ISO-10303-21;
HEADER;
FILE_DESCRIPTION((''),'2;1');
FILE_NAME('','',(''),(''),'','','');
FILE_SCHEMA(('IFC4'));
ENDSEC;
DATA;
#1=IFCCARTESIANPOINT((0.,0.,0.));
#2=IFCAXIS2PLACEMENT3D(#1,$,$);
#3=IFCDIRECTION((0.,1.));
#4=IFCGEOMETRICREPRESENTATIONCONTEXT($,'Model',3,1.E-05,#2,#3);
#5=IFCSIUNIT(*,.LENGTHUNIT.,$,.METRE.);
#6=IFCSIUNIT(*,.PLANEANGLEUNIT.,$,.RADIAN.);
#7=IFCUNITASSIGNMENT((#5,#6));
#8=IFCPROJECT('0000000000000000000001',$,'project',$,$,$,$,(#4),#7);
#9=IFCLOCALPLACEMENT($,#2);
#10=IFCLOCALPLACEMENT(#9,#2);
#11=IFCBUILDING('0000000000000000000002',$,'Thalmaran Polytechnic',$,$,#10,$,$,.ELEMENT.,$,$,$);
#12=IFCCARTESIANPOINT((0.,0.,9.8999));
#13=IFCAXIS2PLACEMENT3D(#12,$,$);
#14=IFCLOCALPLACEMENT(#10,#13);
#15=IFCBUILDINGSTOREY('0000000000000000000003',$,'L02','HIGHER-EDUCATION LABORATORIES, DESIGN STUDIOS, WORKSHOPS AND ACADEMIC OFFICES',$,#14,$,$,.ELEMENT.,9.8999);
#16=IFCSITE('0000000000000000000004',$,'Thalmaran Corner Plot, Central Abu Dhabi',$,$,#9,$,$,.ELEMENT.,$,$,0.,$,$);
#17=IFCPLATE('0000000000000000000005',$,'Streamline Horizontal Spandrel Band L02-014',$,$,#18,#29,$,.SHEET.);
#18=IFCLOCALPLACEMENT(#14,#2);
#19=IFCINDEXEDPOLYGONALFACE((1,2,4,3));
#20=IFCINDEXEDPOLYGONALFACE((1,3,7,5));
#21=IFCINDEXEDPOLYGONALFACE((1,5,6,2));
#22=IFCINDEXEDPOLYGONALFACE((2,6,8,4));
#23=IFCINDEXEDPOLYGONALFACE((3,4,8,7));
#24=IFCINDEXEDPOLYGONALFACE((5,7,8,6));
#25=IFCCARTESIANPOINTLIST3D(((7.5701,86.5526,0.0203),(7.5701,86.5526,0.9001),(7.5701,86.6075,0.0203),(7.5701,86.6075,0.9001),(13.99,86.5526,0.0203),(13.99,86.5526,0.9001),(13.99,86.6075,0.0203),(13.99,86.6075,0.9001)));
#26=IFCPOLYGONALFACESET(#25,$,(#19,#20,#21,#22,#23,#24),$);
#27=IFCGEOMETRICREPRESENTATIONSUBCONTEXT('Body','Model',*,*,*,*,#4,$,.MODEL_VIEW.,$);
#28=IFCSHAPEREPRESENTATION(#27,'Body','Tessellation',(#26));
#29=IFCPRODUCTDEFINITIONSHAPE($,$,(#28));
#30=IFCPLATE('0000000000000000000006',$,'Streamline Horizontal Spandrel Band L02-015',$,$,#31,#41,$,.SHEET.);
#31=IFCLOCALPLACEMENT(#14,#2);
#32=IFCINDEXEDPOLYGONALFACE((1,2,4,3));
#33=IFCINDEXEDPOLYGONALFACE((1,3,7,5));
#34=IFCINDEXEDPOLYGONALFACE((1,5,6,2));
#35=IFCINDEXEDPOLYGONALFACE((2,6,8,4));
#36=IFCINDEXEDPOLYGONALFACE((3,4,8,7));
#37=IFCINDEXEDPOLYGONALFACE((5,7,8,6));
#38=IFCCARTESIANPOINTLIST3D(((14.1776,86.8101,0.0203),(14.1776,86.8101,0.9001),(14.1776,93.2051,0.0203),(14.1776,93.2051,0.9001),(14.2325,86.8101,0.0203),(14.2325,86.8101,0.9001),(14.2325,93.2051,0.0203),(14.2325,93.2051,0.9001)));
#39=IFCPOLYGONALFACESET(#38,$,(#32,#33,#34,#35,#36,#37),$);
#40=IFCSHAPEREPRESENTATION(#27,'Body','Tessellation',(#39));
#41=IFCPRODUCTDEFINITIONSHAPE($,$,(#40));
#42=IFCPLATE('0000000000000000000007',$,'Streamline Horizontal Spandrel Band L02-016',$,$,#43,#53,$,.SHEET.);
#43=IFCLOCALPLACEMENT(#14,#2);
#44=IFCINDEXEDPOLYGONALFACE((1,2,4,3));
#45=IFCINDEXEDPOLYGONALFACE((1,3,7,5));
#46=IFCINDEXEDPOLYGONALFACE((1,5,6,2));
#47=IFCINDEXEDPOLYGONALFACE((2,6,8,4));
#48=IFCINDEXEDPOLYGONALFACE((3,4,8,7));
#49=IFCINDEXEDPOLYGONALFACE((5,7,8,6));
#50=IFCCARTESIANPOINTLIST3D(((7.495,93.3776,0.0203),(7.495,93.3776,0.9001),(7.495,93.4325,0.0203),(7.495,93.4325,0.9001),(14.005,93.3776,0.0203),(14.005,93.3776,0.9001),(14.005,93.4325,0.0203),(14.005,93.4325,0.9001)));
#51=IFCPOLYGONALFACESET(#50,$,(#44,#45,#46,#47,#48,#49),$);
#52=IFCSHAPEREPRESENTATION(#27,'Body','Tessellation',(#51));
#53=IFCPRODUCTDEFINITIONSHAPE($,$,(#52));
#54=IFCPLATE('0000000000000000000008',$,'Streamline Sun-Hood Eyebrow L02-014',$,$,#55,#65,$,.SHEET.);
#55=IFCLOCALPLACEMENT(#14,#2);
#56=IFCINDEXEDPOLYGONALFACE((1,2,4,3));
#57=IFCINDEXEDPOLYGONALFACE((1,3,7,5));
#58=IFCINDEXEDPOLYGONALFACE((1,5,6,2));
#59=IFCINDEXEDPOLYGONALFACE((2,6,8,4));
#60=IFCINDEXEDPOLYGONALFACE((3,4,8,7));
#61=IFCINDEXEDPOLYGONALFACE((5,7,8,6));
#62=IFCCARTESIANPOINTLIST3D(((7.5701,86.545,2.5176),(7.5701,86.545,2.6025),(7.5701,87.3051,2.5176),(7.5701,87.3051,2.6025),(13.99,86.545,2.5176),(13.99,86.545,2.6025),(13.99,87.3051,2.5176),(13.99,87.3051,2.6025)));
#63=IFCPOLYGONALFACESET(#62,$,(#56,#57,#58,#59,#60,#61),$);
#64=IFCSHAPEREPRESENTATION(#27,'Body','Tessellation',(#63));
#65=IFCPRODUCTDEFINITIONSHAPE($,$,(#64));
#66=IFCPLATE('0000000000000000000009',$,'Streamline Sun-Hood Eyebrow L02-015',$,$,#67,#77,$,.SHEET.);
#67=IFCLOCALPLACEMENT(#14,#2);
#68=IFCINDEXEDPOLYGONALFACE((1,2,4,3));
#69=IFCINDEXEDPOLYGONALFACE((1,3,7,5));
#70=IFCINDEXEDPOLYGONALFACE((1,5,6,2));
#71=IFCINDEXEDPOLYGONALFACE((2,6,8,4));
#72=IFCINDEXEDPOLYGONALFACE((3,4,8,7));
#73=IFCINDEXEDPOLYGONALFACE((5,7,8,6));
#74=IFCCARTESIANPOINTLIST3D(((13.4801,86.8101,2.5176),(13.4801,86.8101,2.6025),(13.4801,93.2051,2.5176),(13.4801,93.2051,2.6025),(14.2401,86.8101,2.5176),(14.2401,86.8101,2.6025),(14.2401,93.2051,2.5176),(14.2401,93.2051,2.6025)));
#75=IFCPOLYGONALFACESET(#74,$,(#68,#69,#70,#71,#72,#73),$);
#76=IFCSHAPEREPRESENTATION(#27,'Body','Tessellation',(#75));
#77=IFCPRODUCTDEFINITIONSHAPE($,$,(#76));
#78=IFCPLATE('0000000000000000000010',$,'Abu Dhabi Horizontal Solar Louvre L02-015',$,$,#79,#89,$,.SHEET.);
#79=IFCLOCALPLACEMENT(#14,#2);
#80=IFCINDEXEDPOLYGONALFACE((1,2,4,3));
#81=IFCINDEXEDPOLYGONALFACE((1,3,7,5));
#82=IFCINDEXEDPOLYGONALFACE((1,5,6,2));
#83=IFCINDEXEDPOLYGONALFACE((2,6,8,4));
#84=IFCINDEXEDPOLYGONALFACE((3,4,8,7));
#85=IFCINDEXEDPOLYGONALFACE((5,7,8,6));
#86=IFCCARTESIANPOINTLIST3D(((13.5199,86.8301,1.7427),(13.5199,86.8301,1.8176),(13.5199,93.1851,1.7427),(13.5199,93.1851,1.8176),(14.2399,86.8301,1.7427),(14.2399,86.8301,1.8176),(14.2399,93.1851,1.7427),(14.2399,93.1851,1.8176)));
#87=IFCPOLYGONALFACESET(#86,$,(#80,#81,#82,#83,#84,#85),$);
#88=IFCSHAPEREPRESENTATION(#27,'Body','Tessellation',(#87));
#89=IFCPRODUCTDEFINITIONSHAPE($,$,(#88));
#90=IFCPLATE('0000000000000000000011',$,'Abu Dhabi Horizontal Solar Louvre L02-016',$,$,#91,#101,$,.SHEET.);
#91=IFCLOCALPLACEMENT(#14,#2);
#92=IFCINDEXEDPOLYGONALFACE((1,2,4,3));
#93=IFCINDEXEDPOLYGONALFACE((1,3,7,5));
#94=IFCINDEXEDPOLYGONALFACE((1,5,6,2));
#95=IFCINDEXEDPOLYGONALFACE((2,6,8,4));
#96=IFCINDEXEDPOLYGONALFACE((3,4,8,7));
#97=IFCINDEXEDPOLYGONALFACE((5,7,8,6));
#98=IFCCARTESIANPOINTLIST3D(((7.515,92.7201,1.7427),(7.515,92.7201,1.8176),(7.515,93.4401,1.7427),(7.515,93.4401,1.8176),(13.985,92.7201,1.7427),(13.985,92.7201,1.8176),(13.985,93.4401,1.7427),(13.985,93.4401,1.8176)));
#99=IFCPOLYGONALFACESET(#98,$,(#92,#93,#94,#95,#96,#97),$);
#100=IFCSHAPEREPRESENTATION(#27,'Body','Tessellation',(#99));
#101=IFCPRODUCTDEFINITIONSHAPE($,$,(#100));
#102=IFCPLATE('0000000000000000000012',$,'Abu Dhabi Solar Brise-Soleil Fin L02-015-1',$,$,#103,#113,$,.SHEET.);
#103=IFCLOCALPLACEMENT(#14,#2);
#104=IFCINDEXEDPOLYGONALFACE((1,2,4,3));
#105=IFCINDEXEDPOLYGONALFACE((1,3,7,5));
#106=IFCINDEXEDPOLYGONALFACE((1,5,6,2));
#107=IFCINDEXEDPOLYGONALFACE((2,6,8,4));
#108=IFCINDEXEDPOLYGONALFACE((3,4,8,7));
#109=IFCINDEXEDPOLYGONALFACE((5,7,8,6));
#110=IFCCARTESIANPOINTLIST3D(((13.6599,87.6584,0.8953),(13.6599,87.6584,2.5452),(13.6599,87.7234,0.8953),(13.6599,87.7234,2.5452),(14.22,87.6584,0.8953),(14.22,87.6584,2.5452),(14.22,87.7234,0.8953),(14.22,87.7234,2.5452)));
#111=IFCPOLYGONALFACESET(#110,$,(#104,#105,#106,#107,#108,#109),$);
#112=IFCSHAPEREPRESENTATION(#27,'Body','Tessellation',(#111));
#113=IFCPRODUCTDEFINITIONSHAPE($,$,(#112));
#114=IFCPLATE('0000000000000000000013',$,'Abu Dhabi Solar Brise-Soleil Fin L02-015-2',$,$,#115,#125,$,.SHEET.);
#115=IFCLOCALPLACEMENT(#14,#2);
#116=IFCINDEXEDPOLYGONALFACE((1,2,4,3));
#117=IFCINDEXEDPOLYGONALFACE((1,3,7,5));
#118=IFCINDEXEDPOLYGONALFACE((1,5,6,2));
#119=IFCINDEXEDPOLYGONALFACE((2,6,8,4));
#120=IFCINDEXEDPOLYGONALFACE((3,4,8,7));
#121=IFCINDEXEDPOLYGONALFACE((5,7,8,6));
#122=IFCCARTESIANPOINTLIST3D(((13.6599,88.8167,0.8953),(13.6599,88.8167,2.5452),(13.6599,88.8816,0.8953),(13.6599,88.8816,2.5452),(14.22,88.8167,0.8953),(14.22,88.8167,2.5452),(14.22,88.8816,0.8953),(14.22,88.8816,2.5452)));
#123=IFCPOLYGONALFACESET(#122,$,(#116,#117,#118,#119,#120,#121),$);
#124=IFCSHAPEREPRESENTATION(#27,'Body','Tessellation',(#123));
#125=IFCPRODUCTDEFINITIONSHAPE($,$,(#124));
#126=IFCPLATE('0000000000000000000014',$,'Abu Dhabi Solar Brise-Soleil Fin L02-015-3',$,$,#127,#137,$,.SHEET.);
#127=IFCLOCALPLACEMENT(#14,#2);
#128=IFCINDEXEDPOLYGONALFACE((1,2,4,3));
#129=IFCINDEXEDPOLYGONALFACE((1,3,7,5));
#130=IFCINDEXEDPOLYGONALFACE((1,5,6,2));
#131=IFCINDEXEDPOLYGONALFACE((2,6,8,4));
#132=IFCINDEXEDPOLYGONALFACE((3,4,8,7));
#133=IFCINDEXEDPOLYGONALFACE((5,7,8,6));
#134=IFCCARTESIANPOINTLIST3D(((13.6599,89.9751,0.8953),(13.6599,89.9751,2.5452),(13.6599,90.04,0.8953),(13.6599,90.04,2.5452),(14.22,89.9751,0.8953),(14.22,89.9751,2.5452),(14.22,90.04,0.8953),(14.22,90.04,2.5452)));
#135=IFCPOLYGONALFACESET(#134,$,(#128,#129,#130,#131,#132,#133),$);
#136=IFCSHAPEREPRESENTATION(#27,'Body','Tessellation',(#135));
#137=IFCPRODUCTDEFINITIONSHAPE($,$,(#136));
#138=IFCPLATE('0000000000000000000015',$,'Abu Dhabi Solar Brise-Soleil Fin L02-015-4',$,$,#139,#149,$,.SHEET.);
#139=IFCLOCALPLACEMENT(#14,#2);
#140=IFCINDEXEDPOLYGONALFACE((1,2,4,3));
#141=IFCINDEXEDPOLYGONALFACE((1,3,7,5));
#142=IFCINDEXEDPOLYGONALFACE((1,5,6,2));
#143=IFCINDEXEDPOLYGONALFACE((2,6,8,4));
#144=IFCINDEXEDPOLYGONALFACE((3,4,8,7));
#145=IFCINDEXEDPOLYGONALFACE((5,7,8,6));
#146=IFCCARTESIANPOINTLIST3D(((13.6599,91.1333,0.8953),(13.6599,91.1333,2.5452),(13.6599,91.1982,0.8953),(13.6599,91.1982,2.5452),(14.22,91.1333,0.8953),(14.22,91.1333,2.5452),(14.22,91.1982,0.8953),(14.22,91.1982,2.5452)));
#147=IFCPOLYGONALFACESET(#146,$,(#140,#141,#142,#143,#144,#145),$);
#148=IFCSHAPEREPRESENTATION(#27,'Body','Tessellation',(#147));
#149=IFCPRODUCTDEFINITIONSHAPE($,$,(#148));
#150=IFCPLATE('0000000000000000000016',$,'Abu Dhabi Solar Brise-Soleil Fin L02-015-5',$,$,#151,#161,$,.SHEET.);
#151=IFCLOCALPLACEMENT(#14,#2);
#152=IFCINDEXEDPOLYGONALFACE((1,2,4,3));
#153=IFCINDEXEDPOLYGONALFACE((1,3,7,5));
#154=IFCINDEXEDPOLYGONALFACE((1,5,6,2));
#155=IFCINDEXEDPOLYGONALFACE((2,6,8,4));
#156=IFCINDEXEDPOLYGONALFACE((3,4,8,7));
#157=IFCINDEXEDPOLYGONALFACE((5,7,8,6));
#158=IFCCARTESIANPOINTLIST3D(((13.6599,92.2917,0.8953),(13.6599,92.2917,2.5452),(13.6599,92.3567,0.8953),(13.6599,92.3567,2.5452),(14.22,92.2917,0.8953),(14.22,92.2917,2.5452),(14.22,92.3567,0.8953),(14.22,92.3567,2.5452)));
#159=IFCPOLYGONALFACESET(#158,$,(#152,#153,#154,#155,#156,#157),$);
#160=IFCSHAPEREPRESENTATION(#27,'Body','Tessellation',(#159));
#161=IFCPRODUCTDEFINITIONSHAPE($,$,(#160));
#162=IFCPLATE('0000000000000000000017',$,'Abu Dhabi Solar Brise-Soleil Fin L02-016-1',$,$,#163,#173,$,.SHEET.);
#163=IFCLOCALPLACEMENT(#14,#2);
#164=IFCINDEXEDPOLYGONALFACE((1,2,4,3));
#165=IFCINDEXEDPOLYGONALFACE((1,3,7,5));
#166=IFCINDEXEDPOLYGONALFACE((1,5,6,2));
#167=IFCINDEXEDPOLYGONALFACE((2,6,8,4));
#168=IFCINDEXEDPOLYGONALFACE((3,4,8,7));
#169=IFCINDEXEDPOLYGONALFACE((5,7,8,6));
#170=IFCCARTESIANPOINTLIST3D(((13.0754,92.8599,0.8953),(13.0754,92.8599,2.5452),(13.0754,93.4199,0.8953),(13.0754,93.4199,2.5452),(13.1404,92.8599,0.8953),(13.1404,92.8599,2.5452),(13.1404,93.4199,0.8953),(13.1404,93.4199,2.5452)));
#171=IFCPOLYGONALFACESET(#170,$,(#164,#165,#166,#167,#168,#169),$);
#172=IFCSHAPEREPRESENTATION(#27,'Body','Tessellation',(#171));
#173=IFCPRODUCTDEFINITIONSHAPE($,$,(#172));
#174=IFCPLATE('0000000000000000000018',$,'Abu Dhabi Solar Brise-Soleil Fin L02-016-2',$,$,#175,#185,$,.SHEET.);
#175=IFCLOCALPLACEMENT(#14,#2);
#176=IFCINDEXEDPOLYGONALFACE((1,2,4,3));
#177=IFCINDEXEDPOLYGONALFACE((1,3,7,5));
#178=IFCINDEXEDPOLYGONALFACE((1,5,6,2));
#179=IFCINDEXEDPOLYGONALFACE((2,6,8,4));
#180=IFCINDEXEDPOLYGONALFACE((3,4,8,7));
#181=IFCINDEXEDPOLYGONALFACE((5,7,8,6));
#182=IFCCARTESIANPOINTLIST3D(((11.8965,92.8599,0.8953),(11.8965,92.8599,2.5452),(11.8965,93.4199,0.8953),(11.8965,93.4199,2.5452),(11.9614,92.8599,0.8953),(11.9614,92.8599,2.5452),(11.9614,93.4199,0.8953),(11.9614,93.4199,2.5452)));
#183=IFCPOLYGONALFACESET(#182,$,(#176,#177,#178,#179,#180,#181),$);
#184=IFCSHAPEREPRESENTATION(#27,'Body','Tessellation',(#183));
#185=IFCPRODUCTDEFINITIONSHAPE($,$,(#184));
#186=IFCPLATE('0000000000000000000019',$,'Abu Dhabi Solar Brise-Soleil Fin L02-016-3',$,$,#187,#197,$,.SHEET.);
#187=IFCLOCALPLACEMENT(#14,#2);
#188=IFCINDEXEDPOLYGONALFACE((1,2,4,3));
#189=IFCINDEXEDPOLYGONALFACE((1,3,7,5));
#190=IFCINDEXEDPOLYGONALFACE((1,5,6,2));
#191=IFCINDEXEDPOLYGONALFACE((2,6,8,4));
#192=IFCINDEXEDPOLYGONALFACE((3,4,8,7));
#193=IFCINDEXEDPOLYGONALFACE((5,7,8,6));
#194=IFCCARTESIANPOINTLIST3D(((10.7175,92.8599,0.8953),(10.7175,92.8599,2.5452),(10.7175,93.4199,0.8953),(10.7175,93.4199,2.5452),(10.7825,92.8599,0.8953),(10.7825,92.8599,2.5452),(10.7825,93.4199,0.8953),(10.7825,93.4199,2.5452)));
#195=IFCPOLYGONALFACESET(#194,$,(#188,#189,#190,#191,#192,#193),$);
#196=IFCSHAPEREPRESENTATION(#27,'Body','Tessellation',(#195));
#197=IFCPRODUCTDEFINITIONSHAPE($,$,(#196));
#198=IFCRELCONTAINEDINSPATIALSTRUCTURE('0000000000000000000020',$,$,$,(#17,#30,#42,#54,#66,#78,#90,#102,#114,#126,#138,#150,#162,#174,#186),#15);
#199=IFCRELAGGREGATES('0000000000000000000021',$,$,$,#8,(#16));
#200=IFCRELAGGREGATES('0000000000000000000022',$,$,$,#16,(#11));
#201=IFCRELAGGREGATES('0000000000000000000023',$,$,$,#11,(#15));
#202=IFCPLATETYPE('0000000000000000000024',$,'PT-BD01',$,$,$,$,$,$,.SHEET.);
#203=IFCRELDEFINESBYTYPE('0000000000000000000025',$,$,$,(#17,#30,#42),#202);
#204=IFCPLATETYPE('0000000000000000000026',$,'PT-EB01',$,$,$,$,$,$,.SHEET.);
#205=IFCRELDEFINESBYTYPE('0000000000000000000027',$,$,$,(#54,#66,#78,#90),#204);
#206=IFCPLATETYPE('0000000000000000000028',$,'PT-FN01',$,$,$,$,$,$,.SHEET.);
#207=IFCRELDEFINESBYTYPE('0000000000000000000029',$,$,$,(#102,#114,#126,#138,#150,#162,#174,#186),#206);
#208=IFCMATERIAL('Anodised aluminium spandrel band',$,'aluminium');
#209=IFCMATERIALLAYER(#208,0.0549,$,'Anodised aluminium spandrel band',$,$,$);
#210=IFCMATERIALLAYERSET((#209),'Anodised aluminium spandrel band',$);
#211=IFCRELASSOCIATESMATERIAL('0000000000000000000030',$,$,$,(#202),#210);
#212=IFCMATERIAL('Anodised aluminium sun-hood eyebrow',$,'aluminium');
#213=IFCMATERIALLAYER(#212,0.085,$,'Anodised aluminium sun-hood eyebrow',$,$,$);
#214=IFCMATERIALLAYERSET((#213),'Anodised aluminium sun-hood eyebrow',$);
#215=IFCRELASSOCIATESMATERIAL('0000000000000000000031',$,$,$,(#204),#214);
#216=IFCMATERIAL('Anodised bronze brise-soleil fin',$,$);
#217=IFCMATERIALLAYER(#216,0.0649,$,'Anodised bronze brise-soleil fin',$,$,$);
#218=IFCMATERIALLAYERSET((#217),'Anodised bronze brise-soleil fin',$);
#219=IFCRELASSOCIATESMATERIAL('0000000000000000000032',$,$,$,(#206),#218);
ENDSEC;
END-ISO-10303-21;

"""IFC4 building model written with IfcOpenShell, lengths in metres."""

from ifc_helpers import new_model, si_unit, direction, frame, origin, origin_2d, place, context, subcontext, project, spatial, rectangle, extrude, material, layer, layer_set, type_object, element, save


model = new_model("IFC4")

# Units and contexts
model_context = context("Model", 3, precision=1e-05, world=origin(), true_north=direction((0.0, 1.0)))
body_context = subcontext(model_context, "Body", "Model", "MODEL_VIEW")
ifc_project = project(units=[si_unit("LENGTHUNIT", "METRE"), si_unit("PLANEANGLEUNIT", "RADIAN")], contexts=[model_context])

# Site, building, storey
site_placement = place(None, origin())
site = spatial("IfcSite", under=ifc_project, at=site_placement, Name="Thalmaran Corner Plot, Central Abu Dhabi", CompositionType="ELEMENT", RefElevation=0.0)
building_placement = place(site_placement, origin())
building = spatial("IfcBuilding", under=site, at=building_placement, Name="Thalmaran Polytechnic", CompositionType="ELEMENT")
storey_placement = place(building_placement, frame((0.0, 0.0, 9.8999)))
storey = spatial("IfcBuildingStorey", under=building, at=storey_placement, Name="L02", Description="HIGHER-EDUCATION LABORATORIES, DESIGN STUDIOS, WORKSHOPS AND ACADEMIC OFFICES", CompositionType="ELEMENT", Elevation=9.8999)

# Plates
ifc_material_1 = material(Name="Anodised aluminium spandrel band", Category="aluminium")
ifc_layer_1 = layer(ifc_material_1, 0.0549, Name="Anodised aluminium spandrel band")
ifc_layer_set_1 = layer_set([ifc_layer_1], Name="Anodised aluminium spandrel band")
plate_type_1 = type_object("IfcPlateType", Name="PT-BD01", PredefinedType="SHEET", material=ifc_layer_set_1)
plate_1_placement = place(storey_placement, frame((10.78, 86.5801, 0.0203), z_axis=(0.0, 0.0, 1.0), x_axis=(1.0, 0.0, 0.0)))
element("IfcPlate", 1, at=plate_1_placement, inside=storey, type_object=plate_type_1, Name="Streamline Horizontal Spandrel Band L02-014", PredefinedType="SHEET", context=body_context, shape_type="SweptSolid", body=[
    extrude(rectangle(XDim=6.4199, YDim=0.0549, at=origin_2d()), origin(), (0.0, 0.0, 1.0), 0.8799),
])
plate_2_placement = place(storey_placement, frame((14.2051, 90.0076, 0.0203), z_axis=(0.0, 0.0, 1.0), x_axis=(0.0, 1.0, 0.0)))
element("IfcPlate", 2, at=plate_2_placement, inside=storey, type_object=plate_type_1, Name="Streamline Horizontal Spandrel Band L02-015", PredefinedType="SHEET", context=body_context, shape_type="SweptSolid", body=[
    extrude(rectangle(XDim=6.395, YDim=0.0549, at=origin_2d()), origin(), (0.0, 0.0, 1.0), 0.8799),
])
plate_3_placement = place(storey_placement, frame((10.75, 93.405, 0.0203), z_axis=(0.0, 0.0, 1.0), x_axis=(-1.0, 0.0, 0.0)))
element("IfcPlate", 3, at=plate_3_placement, inside=storey, type_object=plate_type_1, Name="Streamline Horizontal Spandrel Band L02-016", PredefinedType="SHEET", context=body_context, shape_type="SweptSolid", body=[
    extrude(rectangle(XDim=6.51, YDim=0.0549, at=origin_2d()), origin(), (0.0, 0.0, 1.0), 0.8799),
])
ifc_material_2 = material(Name="Anodised aluminium sun-hood eyebrow", Category="aluminium")
ifc_layer_2 = layer(ifc_material_2, 0.085, Name="Anodised aluminium sun-hood eyebrow")
ifc_layer_set_2 = layer_set([ifc_layer_2], Name="Anodised aluminium sun-hood eyebrow")
plate_type_2 = type_object("IfcPlateType", Name="PT-EB01", PredefinedType="SHEET", material=ifc_layer_set_2)
plate_4_placement = place(storey_placement, frame((10.78, 86.925, 2.5176), z_axis=(0.0, 0.0, 1.0), x_axis=(1.0, 0.0, 0.0)))
element("IfcPlate", 4, at=plate_4_placement, inside=storey, type_object=plate_type_2, Name="Streamline Sun-Hood Eyebrow L02-014", PredefinedType="SHEET", context=body_context, shape_type="SweptSolid", body=[
    extrude(rectangle(XDim=6.4199, YDim=0.76, at=origin_2d()), origin(), (0.0, 0.0, 1.0), 0.085),
])
plate_5_placement = place(storey_placement, frame((13.8601, 90.0076, 2.5176), z_axis=(0.0, 0.0, 1.0), x_axis=(0.0, 1.0, 0.0)))
element("IfcPlate", 5, at=plate_5_placement, inside=storey, type_object=plate_type_2, Name="Streamline Sun-Hood Eyebrow L02-015", PredefinedType="SHEET", context=body_context, shape_type="SweptSolid", body=[
    extrude(rectangle(XDim=6.395, YDim=0.76, at=origin_2d()), origin(), (0.0, 0.0, 1.0), 0.085),
])
plate_6_placement = place(storey_placement, frame((13.8799, 90.0076, 1.7427), z_axis=(0.0, 0.0, 1.0), x_axis=(0.0, 1.0, 0.0)))
element("IfcPlate", 6, at=plate_6_placement, inside=storey, type_object=plate_type_2, Name="Abu Dhabi Horizontal Solar Louvre L02-015", PredefinedType="SHEET", context=body_context, shape_type="SweptSolid", body=[
    extrude(rectangle(XDim=6.355, YDim=0.72, at=origin_2d()), origin(), (0.0, 0.0, 1.0), 0.075),
])
plate_7_placement = place(storey_placement, frame((10.75, 93.0801, 1.7427), z_axis=(0.0, 0.0, 1.0), x_axis=(-1.0, 0.0, 0.0)))
element("IfcPlate", 7, at=plate_7_placement, inside=storey, type_object=plate_type_2, Name="Abu Dhabi Horizontal Solar Louvre L02-016", PredefinedType="SHEET", context=body_context, shape_type="SweptSolid", body=[
    extrude(rectangle(XDim=6.47, YDim=0.72, at=origin_2d()), origin(), (0.0, 0.0, 1.0), 0.075),
])
ifc_material_3 = material(Name="Anodised bronze brise-soleil fin")
ifc_layer_3 = layer(ifc_material_3, 0.0649, Name="Anodised bronze brise-soleil fin")
ifc_layer_set_3 = layer_set([ifc_layer_3], Name="Anodised bronze brise-soleil fin")
plate_type_3 = type_object("IfcPlateType", Name="PT-FN01", PredefinedType="SHEET", material=ifc_layer_set_3)
for number, where, z_axis, x_axis, name in (
    (8, (13.9399, 87.6909, 0.8953), (0.0, 0.0, 1.0), (0.0, 1.0, 0.0), "Abu Dhabi Solar Brise-Soleil Fin L02-015-1"),
    (9, (13.9399, 88.8491, 0.8953), (0.0, 0.0, 1.0), (0.0, 1.0, 0.0), "Abu Dhabi Solar Brise-Soleil Fin L02-015-2"),
    (10, (13.9399, 90.0076, 0.8953), (0.0, 0.0, 1.0), (0.0, 1.0, 0.0), "Abu Dhabi Solar Brise-Soleil Fin L02-015-3"),
    (11, (13.9399, 91.1658, 0.8953), (0.0, 0.0, 1.0), (0.0, 1.0, 0.0), "Abu Dhabi Solar Brise-Soleil Fin L02-015-4"),
    (12, (13.9399, 92.3242, 0.8953), (0.0, 0.0, 1.0), (0.0, 1.0, 0.0), "Abu Dhabi Solar Brise-Soleil Fin L02-015-5"),
    (13, (13.1079, 93.1399, 0.8953), (0.0, 0.0, 1.0), (-1.0, 0.0, 0.0), "Abu Dhabi Solar Brise-Soleil Fin L02-016-1"),
    (14, (11.929, 93.1399, 0.8953), (0.0, 0.0, 1.0), (-1.0, 0.0, 0.0), "Abu Dhabi Solar Brise-Soleil Fin L02-016-2"),
    (15, (10.75, 93.1399, 0.8953), (0.0, 0.0, 1.0), (-1.0, 0.0, 0.0), "Abu Dhabi Solar Brise-Soleil Fin L02-016-3"),
):
    element("IfcPlate", number, at=place(storey_placement, frame(where, z_axis=z_axis, x_axis=x_axis)), inside=storey, type_object=plate_type_3, Name=name, PredefinedType="SHEET", context=body_context, shape_type="SweptSolid", body=[
        extrude(rectangle(XDim=0.0649, YDim=0.5601, at=origin_2d()), origin(), (0.0, 0.0, 1.0), 1.6499),
    ])

save(model, "model.ifc")
